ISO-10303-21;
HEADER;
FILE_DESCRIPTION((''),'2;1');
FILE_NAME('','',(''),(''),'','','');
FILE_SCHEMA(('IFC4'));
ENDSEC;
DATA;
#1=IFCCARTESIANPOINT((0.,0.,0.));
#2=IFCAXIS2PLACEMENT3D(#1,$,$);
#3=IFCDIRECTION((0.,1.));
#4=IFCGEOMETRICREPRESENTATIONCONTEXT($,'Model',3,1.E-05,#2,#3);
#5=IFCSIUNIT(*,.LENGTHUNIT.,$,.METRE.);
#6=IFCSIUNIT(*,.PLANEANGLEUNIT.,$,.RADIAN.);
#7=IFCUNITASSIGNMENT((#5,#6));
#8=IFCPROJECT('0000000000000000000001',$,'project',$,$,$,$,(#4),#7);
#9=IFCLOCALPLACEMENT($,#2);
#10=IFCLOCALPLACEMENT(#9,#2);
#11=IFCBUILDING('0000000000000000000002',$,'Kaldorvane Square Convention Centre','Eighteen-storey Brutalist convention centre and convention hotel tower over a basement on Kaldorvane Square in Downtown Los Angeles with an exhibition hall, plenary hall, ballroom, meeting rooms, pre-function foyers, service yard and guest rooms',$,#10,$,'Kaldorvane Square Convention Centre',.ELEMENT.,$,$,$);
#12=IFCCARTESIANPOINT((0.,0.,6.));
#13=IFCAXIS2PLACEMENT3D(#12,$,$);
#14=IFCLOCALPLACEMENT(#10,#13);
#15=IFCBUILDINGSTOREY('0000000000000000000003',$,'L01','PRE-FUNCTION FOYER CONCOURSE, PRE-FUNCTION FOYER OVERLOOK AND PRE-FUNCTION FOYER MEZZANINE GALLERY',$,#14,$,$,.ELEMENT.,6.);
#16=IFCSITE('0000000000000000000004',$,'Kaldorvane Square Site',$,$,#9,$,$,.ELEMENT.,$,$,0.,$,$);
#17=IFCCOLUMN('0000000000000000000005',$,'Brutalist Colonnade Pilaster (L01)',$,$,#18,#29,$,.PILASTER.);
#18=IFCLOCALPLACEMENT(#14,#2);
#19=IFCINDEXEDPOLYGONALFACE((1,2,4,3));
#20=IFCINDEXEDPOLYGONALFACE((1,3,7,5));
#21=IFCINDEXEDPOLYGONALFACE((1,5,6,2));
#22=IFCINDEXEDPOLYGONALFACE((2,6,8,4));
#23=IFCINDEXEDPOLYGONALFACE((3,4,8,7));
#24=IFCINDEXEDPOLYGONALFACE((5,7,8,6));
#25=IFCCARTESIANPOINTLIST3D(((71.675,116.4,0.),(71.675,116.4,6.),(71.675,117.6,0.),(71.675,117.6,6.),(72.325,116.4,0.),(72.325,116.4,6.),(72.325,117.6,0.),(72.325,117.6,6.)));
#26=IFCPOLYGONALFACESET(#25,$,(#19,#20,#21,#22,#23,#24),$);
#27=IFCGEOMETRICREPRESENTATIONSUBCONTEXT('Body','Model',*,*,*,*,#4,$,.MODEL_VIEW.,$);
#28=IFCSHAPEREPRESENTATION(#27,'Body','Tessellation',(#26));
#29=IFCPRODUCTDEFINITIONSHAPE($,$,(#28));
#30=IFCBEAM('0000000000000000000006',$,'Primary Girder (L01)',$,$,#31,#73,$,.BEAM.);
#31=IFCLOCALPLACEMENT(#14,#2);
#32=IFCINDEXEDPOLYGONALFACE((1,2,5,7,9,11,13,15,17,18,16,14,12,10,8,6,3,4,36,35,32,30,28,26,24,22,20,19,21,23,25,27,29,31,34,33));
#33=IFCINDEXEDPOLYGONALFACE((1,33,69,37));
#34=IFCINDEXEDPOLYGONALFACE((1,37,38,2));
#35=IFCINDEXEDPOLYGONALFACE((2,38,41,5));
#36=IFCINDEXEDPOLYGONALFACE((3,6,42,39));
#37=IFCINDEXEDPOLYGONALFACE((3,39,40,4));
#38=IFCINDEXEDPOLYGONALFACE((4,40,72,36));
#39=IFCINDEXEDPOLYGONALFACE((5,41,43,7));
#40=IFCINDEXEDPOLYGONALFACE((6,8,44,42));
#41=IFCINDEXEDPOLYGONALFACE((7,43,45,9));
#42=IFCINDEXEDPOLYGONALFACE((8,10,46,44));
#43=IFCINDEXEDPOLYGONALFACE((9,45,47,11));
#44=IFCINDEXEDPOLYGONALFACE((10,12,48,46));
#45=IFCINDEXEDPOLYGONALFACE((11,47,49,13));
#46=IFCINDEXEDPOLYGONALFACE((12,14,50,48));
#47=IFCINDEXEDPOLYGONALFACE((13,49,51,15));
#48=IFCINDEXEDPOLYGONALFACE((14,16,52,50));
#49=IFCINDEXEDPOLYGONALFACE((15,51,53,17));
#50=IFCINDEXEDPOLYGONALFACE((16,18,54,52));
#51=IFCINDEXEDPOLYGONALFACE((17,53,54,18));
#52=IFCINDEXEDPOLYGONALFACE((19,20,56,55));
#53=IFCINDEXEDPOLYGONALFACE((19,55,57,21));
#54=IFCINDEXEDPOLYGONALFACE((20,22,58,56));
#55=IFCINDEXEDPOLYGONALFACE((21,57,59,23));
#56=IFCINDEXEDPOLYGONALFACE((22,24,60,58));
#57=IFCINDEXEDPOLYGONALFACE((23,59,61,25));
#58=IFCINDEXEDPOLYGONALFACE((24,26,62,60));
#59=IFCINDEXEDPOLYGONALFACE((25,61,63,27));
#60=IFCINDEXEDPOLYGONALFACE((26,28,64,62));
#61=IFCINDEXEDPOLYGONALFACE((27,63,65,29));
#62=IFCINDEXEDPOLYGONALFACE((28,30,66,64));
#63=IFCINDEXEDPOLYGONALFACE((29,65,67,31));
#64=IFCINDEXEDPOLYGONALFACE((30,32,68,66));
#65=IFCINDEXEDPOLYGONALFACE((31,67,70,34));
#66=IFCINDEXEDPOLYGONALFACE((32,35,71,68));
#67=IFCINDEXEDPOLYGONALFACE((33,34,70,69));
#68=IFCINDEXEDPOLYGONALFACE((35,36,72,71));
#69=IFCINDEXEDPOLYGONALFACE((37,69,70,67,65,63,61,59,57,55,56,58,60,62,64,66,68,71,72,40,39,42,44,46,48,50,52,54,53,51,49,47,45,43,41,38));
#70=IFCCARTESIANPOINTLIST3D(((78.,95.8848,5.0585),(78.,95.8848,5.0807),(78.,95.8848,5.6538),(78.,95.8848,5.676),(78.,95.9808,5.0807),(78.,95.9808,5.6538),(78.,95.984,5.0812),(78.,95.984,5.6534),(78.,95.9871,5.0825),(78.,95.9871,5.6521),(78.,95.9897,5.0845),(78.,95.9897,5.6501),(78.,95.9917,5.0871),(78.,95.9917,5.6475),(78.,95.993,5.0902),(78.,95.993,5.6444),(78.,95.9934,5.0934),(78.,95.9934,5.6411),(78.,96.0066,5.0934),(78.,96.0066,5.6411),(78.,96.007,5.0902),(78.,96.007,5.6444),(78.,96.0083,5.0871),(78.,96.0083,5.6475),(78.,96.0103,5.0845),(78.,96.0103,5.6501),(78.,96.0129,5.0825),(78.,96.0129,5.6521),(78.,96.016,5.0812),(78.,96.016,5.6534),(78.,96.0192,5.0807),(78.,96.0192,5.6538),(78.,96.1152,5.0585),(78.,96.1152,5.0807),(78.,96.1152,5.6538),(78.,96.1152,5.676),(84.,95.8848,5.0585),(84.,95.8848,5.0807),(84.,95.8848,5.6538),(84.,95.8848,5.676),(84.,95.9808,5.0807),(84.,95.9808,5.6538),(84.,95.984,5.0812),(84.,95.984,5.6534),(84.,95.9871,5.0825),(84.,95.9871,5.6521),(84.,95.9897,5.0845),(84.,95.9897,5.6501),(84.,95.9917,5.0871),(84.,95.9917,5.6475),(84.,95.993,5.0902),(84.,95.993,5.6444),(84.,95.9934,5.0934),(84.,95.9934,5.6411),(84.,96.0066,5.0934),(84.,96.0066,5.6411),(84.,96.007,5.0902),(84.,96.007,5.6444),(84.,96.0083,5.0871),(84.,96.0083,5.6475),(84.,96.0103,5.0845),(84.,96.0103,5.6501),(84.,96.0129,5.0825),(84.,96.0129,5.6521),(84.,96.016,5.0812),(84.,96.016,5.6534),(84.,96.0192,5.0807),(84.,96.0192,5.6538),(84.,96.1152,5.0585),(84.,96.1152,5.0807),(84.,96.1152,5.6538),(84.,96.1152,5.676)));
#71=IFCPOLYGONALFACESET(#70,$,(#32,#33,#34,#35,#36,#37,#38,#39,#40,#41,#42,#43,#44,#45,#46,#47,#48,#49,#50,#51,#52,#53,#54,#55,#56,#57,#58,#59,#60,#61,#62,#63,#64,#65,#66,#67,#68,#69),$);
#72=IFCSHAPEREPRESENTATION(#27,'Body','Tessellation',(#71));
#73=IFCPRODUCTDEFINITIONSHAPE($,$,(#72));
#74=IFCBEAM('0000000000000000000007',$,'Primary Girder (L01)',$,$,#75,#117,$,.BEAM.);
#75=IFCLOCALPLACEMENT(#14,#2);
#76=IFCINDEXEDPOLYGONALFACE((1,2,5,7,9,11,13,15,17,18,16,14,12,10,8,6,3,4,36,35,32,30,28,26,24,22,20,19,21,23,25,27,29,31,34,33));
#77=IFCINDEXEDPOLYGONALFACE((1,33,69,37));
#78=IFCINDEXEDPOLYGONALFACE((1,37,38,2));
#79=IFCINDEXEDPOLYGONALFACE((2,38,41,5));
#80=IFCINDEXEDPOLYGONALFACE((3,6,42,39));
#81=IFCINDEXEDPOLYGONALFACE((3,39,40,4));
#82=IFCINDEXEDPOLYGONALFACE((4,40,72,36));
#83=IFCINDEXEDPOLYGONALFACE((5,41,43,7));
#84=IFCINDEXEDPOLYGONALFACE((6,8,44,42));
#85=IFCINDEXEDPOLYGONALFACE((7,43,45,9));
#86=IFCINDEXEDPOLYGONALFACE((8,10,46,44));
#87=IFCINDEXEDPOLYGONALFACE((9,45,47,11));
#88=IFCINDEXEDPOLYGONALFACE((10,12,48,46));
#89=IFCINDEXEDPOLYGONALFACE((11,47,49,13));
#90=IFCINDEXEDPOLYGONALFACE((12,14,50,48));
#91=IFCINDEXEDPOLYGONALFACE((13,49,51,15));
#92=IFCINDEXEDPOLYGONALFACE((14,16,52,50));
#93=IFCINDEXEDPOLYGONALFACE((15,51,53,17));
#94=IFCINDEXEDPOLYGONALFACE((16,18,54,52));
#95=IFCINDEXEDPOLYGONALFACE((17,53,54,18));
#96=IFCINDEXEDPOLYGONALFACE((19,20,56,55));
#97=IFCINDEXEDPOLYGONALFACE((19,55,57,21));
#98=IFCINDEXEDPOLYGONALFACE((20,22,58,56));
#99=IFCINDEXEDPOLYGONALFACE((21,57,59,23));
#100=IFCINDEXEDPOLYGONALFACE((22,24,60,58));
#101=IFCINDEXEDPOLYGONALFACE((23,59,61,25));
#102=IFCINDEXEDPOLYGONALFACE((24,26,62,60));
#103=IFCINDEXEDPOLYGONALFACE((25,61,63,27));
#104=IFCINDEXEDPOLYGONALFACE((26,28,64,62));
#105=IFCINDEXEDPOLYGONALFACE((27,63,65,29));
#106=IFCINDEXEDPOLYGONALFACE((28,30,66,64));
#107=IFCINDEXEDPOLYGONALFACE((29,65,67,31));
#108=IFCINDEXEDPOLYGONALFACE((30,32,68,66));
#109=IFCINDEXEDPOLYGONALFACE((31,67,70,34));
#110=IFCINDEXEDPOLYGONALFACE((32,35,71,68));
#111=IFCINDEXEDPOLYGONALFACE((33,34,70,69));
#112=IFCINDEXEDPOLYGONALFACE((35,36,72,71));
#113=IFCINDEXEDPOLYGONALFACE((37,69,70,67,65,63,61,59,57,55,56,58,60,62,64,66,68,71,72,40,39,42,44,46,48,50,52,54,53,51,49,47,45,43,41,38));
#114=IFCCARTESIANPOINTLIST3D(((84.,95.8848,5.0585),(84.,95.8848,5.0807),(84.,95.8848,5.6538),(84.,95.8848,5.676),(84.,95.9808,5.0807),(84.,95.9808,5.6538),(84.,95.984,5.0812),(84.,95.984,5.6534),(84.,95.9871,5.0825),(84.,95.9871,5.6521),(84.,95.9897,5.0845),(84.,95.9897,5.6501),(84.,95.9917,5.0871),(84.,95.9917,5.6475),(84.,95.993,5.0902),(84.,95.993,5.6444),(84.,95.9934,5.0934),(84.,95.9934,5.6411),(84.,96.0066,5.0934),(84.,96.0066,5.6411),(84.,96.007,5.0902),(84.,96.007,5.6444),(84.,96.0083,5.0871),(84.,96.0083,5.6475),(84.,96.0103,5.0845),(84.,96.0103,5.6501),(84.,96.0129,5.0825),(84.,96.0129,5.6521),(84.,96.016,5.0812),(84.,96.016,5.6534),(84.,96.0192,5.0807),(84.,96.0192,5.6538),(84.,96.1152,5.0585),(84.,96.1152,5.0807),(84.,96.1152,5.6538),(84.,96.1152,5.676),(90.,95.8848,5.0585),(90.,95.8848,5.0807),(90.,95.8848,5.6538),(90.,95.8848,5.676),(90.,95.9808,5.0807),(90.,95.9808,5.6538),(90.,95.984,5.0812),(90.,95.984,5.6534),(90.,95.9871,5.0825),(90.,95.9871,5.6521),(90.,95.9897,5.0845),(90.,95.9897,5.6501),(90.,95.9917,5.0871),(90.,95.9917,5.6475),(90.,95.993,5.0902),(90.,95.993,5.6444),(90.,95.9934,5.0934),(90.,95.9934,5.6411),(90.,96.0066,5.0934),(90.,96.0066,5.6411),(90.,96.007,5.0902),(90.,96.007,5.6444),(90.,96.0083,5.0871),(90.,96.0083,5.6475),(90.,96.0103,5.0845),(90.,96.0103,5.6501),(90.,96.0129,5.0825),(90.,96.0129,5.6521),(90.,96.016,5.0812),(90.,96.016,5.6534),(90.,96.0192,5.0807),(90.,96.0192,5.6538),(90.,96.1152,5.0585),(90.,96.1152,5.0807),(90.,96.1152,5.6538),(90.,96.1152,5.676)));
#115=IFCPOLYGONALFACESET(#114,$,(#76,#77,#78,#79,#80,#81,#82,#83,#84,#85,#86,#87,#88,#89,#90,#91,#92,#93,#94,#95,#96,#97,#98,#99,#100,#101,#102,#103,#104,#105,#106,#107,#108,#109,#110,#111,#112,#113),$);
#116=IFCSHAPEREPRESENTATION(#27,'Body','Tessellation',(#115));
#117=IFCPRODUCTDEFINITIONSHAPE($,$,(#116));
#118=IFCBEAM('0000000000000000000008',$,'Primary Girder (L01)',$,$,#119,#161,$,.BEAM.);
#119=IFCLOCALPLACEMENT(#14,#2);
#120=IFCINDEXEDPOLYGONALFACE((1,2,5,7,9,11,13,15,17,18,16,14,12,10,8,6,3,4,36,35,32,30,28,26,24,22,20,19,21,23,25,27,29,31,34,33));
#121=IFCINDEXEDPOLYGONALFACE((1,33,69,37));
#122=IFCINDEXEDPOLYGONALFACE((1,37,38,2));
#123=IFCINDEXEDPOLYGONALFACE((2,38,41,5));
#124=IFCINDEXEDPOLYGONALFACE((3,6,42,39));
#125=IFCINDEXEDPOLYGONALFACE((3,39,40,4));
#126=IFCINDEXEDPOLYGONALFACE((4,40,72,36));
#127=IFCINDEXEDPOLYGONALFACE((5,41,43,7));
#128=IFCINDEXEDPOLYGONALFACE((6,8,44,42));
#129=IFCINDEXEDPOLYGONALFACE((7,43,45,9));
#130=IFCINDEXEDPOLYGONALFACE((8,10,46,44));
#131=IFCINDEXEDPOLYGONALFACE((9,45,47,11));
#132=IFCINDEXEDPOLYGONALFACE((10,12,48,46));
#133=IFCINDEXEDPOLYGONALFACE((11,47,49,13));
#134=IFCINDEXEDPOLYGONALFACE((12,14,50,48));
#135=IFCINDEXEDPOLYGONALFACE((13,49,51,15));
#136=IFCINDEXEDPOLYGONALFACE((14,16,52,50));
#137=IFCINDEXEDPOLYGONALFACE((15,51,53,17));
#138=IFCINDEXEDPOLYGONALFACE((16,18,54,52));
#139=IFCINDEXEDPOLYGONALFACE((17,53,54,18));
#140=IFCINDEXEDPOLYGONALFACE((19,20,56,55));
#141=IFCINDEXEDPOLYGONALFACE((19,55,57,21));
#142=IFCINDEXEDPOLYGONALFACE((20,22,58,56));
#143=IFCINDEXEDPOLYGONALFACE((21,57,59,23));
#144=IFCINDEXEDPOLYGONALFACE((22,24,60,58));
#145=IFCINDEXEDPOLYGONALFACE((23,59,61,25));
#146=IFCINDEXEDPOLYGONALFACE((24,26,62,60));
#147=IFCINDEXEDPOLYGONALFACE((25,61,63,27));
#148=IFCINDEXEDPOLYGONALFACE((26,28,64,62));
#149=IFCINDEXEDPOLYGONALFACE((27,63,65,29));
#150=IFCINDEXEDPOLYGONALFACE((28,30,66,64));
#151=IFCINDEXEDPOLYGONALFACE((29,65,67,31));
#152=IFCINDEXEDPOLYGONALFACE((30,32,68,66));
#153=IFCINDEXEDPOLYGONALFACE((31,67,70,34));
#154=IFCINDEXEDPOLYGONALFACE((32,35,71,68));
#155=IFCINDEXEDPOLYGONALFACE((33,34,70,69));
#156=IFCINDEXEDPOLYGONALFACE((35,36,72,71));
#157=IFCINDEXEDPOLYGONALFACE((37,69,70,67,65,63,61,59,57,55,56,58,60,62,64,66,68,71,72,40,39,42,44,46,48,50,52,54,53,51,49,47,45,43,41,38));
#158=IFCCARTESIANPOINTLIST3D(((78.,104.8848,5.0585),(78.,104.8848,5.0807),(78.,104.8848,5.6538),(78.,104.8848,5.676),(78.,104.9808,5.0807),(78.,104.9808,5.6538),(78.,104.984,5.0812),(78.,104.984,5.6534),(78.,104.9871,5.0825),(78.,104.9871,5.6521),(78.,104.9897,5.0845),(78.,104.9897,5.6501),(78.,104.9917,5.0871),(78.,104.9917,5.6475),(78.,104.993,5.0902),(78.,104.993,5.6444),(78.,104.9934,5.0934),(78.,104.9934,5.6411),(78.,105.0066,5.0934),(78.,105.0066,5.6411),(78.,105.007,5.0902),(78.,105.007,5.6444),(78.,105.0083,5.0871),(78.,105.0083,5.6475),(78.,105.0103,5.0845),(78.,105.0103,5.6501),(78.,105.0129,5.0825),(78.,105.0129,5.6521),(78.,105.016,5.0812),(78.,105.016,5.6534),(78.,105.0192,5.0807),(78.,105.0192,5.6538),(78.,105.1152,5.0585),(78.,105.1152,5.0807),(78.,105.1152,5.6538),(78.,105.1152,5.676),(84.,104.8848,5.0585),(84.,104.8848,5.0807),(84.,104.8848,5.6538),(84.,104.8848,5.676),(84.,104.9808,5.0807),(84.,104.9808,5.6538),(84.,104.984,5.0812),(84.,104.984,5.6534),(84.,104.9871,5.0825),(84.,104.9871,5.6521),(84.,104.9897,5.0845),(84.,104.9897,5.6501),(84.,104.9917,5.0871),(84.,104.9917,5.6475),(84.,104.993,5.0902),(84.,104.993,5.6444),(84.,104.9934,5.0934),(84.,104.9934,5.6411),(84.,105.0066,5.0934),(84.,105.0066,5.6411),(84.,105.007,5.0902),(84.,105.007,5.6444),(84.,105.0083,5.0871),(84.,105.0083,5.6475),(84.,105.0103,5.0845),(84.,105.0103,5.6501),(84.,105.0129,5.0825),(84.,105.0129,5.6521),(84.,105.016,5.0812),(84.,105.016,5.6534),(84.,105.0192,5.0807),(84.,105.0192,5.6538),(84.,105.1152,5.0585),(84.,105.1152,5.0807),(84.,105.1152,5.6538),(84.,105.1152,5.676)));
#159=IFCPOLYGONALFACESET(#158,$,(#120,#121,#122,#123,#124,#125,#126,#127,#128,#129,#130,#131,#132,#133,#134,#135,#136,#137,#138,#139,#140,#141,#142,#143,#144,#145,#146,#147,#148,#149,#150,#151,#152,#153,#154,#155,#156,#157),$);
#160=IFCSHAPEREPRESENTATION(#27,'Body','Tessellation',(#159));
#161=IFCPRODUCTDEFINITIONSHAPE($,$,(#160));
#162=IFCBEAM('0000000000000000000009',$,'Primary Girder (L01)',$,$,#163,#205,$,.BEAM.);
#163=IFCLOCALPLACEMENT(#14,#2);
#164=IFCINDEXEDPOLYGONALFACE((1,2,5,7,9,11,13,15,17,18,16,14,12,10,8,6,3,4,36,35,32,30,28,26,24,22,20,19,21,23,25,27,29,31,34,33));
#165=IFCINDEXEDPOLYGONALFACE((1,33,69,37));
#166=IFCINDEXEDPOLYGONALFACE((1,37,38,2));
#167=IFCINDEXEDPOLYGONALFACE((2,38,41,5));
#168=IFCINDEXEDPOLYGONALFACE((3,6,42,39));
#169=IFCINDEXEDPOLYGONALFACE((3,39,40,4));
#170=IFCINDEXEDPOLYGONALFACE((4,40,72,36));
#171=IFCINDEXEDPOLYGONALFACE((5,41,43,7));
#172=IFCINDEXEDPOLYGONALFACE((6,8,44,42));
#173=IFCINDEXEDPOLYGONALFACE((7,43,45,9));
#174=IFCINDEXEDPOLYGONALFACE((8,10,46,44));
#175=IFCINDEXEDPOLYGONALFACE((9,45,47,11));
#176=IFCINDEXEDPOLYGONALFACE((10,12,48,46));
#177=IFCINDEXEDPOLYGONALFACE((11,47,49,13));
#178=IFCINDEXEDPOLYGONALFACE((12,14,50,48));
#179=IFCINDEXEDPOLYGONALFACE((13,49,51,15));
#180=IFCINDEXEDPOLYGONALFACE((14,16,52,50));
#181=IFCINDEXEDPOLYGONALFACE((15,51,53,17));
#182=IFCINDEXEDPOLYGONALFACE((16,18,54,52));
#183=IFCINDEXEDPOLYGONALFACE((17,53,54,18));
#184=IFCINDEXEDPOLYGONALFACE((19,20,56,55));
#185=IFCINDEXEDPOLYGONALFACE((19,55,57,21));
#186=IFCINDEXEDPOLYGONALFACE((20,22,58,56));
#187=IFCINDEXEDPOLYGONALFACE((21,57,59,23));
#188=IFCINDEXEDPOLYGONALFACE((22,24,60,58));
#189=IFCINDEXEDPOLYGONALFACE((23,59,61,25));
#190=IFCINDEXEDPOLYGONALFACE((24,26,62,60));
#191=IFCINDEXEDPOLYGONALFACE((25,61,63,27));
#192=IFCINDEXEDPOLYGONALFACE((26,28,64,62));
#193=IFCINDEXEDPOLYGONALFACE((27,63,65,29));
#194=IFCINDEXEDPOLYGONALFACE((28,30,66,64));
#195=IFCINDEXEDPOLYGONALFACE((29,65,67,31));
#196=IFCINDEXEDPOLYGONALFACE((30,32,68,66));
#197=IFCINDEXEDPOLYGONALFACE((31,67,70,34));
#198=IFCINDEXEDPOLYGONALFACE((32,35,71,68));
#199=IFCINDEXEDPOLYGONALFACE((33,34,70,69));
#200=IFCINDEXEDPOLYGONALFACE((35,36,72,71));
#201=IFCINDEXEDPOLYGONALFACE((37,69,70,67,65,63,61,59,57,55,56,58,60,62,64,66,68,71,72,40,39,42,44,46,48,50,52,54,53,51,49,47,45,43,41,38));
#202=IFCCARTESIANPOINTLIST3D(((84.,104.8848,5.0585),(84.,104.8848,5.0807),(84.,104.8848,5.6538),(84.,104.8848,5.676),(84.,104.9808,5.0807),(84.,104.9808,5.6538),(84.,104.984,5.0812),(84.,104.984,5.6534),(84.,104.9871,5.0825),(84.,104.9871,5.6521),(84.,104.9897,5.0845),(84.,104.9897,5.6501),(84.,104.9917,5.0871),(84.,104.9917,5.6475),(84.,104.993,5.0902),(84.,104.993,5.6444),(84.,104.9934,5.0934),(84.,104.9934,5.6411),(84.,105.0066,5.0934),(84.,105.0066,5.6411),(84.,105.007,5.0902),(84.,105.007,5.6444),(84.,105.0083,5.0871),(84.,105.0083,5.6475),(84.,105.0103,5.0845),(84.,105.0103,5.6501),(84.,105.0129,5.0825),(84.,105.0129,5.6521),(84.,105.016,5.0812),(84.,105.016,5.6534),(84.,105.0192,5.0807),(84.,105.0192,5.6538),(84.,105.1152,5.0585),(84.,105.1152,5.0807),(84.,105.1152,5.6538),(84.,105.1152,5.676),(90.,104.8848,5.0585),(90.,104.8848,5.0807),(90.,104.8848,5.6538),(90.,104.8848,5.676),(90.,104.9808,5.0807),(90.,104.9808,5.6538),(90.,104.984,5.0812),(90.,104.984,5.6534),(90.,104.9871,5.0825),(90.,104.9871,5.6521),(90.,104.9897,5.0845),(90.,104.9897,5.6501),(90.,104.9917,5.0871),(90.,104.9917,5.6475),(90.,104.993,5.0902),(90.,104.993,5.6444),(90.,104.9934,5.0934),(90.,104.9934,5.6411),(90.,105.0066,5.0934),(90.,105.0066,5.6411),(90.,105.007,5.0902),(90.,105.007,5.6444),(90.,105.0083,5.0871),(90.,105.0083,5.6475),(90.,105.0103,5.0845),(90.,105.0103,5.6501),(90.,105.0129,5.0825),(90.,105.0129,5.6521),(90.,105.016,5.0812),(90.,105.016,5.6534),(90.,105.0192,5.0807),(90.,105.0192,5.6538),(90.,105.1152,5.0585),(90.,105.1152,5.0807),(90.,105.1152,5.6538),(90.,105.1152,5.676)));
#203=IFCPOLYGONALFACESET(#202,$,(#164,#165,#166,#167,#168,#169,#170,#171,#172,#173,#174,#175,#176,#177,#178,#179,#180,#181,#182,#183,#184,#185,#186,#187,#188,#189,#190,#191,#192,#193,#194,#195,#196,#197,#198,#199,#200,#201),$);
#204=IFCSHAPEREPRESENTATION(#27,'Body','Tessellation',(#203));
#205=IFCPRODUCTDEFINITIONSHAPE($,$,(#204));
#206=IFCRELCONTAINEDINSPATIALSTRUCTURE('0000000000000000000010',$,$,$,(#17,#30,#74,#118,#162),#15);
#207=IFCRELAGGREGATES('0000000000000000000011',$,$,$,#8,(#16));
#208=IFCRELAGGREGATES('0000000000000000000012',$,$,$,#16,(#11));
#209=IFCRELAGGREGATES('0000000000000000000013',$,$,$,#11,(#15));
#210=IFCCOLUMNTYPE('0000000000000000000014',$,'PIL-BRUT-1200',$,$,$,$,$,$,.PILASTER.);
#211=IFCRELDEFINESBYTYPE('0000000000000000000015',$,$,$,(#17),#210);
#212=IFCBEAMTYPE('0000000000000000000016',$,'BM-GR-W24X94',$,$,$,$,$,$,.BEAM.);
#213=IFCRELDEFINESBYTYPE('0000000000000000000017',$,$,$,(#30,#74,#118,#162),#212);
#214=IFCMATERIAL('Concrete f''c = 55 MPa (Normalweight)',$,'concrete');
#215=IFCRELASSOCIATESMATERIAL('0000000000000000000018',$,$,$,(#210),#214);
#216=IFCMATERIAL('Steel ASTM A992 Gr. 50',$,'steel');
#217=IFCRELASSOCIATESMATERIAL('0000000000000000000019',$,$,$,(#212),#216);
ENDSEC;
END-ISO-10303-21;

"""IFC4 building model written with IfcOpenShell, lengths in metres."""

from ifc_helpers import new_model, si_unit, direction, frame, origin, origin_2d, place, context, subcontext, project, spatial, rectangle, i_section, extrude, material, material_profile, profile_set, type_object, element, save


model = new_model("IFC4")

# Units and contexts
model_context = context("Model", 3, precision=1e-05, world=origin(), true_north=direction((0.0, 1.0)))
body_context = subcontext(model_context, "Body", "Model", "MODEL_VIEW")
ifc_project = project(units=[si_unit("LENGTHUNIT", "METRE"), si_unit("PLANEANGLEUNIT", "RADIAN")], contexts=[model_context])

# Site, building, storey
site_placement = place(None, origin())
site = spatial("IfcSite", under=ifc_project, at=site_placement, Name="Kaldorvane Square Site", CompositionType="ELEMENT", RefElevation=0.0)
building_placement = place(site_placement, origin())
building = spatial("IfcBuilding", under=site, at=building_placement, Name="Kaldorvane Square Convention Centre", Description="Eighteen-storey Brutalist convention centre and convention hotel tower over a basement on Kaldorvane Square in Downtown Los Angeles with an exhibition hall, plenary hall, ballroom, meeting rooms, pre-function foyers, service yard and guest rooms", LongName="Kaldorvane Square Convention Centre", CompositionType="ELEMENT")
storey_placement = place(building_placement, frame((0.0, 0.0, 6.0)))
storey = spatial("IfcBuildingStorey", under=building, at=storey_placement, Name="L01", Description="PRE-FUNCTION FOYER CONCOURSE, PRE-FUNCTION FOYER OVERLOOK AND PRE-FUNCTION FOYER MEZZANINE GALLERY", CompositionType="ELEMENT", Elevation=6.0)

# Column
ifc_material_1 = material(Name="Concrete f'c = 55 MPa (Normalweight)", Category="concrete")
ifc_material_2 = material(Name="Steel ASTM A992 Gr. 50", Category="steel")
ifc_material_profile_1 = material_profile(ifc_material_1, rectangle(XDim=0.65, YDim=1.2, at=origin_2d()), Name="PIL1200X650")
ifc_profile_set_1 = profile_set([ifc_material_profile_1], Name="Concrete f'c = 55 MPa (Normalweight)")
column_type_1 = type_object("IfcColumnType", Name="PIL-BRUT-1200", PredefinedType="PILASTER", material=ifc_profile_set_1)
column_1_placement = place(storey_placement, frame((72.0, 117.0, 0.0), z_axis=(0.0, 0.0, 1.0), x_axis=(1.0, 0.0, 0.0)))
element("IfcColumn", 1, at=column_1_placement, inside=storey, type_object=column_type_1, Name="Brutalist Colonnade Pilaster (L01)", PredefinedType="PILASTER", context=body_context, shape_type="SweptSolid", body=[
    extrude(rectangle(XDim=0.65, YDim=1.2, at=origin_2d()), origin(), (0.0, 0.0, 1.0), 6.0),
])

# Beams
ifc_material_profile_2 = material_profile(ifc_material_2, i_section(OverallWidth=0.2303, OverallDepth=0.6175, WebThickness=0.0131, FlangeThickness=0.0222, FilletRadius=0.0127, at=origin_2d()), Name="W24X94")
ifc_profile_set_2 = profile_set([ifc_material_profile_2], Name="Steel ASTM A992 Gr. 50")
beam_type_1 = type_object("IfcBeamType", Name="BM-GR-W24X94", PredefinedType="BEAM", material=ifc_profile_set_2)
for number, where, z_axis, x_axis, name in (
    (2, (78.0, 96.0, 5.3673), (1.0, 0.0, 0.0), (0.0, 1.0, 0.0), "Primary Girder (L01)"),
    (3, (84.0, 96.0, 5.3673), (1.0, 0.0, 0.0), (0.0, 1.0, 0.0), "Primary Girder (L01)"),
    (4, (78.0, 105.0, 5.3673), (1.0, 0.0, 0.0), (0.0, 1.0, 0.0), "Primary Girder (L01)"),
    (5, (84.0, 105.0, 5.3673), (1.0, 0.0, 0.0), (0.0, 1.0, 0.0), "Primary Girder (L01)"),
):
    element("IfcBeam", number, at=place(storey_placement, frame(where, z_axis=z_axis, x_axis=x_axis)), inside=storey, type_object=beam_type_1, Name=name, PredefinedType="BEAM", context=body_context, shape_type="SweptSolid", body=[
        extrude(i_section(OverallWidth=0.2303, OverallDepth=0.6175, WebThickness=0.0131, FlangeThickness=0.0222, FilletRadius=0.0127, at=origin_2d()), origin(), (0.0, 0.0, 1.0), 6.0),
    ])

save(model, "model.ifc")
